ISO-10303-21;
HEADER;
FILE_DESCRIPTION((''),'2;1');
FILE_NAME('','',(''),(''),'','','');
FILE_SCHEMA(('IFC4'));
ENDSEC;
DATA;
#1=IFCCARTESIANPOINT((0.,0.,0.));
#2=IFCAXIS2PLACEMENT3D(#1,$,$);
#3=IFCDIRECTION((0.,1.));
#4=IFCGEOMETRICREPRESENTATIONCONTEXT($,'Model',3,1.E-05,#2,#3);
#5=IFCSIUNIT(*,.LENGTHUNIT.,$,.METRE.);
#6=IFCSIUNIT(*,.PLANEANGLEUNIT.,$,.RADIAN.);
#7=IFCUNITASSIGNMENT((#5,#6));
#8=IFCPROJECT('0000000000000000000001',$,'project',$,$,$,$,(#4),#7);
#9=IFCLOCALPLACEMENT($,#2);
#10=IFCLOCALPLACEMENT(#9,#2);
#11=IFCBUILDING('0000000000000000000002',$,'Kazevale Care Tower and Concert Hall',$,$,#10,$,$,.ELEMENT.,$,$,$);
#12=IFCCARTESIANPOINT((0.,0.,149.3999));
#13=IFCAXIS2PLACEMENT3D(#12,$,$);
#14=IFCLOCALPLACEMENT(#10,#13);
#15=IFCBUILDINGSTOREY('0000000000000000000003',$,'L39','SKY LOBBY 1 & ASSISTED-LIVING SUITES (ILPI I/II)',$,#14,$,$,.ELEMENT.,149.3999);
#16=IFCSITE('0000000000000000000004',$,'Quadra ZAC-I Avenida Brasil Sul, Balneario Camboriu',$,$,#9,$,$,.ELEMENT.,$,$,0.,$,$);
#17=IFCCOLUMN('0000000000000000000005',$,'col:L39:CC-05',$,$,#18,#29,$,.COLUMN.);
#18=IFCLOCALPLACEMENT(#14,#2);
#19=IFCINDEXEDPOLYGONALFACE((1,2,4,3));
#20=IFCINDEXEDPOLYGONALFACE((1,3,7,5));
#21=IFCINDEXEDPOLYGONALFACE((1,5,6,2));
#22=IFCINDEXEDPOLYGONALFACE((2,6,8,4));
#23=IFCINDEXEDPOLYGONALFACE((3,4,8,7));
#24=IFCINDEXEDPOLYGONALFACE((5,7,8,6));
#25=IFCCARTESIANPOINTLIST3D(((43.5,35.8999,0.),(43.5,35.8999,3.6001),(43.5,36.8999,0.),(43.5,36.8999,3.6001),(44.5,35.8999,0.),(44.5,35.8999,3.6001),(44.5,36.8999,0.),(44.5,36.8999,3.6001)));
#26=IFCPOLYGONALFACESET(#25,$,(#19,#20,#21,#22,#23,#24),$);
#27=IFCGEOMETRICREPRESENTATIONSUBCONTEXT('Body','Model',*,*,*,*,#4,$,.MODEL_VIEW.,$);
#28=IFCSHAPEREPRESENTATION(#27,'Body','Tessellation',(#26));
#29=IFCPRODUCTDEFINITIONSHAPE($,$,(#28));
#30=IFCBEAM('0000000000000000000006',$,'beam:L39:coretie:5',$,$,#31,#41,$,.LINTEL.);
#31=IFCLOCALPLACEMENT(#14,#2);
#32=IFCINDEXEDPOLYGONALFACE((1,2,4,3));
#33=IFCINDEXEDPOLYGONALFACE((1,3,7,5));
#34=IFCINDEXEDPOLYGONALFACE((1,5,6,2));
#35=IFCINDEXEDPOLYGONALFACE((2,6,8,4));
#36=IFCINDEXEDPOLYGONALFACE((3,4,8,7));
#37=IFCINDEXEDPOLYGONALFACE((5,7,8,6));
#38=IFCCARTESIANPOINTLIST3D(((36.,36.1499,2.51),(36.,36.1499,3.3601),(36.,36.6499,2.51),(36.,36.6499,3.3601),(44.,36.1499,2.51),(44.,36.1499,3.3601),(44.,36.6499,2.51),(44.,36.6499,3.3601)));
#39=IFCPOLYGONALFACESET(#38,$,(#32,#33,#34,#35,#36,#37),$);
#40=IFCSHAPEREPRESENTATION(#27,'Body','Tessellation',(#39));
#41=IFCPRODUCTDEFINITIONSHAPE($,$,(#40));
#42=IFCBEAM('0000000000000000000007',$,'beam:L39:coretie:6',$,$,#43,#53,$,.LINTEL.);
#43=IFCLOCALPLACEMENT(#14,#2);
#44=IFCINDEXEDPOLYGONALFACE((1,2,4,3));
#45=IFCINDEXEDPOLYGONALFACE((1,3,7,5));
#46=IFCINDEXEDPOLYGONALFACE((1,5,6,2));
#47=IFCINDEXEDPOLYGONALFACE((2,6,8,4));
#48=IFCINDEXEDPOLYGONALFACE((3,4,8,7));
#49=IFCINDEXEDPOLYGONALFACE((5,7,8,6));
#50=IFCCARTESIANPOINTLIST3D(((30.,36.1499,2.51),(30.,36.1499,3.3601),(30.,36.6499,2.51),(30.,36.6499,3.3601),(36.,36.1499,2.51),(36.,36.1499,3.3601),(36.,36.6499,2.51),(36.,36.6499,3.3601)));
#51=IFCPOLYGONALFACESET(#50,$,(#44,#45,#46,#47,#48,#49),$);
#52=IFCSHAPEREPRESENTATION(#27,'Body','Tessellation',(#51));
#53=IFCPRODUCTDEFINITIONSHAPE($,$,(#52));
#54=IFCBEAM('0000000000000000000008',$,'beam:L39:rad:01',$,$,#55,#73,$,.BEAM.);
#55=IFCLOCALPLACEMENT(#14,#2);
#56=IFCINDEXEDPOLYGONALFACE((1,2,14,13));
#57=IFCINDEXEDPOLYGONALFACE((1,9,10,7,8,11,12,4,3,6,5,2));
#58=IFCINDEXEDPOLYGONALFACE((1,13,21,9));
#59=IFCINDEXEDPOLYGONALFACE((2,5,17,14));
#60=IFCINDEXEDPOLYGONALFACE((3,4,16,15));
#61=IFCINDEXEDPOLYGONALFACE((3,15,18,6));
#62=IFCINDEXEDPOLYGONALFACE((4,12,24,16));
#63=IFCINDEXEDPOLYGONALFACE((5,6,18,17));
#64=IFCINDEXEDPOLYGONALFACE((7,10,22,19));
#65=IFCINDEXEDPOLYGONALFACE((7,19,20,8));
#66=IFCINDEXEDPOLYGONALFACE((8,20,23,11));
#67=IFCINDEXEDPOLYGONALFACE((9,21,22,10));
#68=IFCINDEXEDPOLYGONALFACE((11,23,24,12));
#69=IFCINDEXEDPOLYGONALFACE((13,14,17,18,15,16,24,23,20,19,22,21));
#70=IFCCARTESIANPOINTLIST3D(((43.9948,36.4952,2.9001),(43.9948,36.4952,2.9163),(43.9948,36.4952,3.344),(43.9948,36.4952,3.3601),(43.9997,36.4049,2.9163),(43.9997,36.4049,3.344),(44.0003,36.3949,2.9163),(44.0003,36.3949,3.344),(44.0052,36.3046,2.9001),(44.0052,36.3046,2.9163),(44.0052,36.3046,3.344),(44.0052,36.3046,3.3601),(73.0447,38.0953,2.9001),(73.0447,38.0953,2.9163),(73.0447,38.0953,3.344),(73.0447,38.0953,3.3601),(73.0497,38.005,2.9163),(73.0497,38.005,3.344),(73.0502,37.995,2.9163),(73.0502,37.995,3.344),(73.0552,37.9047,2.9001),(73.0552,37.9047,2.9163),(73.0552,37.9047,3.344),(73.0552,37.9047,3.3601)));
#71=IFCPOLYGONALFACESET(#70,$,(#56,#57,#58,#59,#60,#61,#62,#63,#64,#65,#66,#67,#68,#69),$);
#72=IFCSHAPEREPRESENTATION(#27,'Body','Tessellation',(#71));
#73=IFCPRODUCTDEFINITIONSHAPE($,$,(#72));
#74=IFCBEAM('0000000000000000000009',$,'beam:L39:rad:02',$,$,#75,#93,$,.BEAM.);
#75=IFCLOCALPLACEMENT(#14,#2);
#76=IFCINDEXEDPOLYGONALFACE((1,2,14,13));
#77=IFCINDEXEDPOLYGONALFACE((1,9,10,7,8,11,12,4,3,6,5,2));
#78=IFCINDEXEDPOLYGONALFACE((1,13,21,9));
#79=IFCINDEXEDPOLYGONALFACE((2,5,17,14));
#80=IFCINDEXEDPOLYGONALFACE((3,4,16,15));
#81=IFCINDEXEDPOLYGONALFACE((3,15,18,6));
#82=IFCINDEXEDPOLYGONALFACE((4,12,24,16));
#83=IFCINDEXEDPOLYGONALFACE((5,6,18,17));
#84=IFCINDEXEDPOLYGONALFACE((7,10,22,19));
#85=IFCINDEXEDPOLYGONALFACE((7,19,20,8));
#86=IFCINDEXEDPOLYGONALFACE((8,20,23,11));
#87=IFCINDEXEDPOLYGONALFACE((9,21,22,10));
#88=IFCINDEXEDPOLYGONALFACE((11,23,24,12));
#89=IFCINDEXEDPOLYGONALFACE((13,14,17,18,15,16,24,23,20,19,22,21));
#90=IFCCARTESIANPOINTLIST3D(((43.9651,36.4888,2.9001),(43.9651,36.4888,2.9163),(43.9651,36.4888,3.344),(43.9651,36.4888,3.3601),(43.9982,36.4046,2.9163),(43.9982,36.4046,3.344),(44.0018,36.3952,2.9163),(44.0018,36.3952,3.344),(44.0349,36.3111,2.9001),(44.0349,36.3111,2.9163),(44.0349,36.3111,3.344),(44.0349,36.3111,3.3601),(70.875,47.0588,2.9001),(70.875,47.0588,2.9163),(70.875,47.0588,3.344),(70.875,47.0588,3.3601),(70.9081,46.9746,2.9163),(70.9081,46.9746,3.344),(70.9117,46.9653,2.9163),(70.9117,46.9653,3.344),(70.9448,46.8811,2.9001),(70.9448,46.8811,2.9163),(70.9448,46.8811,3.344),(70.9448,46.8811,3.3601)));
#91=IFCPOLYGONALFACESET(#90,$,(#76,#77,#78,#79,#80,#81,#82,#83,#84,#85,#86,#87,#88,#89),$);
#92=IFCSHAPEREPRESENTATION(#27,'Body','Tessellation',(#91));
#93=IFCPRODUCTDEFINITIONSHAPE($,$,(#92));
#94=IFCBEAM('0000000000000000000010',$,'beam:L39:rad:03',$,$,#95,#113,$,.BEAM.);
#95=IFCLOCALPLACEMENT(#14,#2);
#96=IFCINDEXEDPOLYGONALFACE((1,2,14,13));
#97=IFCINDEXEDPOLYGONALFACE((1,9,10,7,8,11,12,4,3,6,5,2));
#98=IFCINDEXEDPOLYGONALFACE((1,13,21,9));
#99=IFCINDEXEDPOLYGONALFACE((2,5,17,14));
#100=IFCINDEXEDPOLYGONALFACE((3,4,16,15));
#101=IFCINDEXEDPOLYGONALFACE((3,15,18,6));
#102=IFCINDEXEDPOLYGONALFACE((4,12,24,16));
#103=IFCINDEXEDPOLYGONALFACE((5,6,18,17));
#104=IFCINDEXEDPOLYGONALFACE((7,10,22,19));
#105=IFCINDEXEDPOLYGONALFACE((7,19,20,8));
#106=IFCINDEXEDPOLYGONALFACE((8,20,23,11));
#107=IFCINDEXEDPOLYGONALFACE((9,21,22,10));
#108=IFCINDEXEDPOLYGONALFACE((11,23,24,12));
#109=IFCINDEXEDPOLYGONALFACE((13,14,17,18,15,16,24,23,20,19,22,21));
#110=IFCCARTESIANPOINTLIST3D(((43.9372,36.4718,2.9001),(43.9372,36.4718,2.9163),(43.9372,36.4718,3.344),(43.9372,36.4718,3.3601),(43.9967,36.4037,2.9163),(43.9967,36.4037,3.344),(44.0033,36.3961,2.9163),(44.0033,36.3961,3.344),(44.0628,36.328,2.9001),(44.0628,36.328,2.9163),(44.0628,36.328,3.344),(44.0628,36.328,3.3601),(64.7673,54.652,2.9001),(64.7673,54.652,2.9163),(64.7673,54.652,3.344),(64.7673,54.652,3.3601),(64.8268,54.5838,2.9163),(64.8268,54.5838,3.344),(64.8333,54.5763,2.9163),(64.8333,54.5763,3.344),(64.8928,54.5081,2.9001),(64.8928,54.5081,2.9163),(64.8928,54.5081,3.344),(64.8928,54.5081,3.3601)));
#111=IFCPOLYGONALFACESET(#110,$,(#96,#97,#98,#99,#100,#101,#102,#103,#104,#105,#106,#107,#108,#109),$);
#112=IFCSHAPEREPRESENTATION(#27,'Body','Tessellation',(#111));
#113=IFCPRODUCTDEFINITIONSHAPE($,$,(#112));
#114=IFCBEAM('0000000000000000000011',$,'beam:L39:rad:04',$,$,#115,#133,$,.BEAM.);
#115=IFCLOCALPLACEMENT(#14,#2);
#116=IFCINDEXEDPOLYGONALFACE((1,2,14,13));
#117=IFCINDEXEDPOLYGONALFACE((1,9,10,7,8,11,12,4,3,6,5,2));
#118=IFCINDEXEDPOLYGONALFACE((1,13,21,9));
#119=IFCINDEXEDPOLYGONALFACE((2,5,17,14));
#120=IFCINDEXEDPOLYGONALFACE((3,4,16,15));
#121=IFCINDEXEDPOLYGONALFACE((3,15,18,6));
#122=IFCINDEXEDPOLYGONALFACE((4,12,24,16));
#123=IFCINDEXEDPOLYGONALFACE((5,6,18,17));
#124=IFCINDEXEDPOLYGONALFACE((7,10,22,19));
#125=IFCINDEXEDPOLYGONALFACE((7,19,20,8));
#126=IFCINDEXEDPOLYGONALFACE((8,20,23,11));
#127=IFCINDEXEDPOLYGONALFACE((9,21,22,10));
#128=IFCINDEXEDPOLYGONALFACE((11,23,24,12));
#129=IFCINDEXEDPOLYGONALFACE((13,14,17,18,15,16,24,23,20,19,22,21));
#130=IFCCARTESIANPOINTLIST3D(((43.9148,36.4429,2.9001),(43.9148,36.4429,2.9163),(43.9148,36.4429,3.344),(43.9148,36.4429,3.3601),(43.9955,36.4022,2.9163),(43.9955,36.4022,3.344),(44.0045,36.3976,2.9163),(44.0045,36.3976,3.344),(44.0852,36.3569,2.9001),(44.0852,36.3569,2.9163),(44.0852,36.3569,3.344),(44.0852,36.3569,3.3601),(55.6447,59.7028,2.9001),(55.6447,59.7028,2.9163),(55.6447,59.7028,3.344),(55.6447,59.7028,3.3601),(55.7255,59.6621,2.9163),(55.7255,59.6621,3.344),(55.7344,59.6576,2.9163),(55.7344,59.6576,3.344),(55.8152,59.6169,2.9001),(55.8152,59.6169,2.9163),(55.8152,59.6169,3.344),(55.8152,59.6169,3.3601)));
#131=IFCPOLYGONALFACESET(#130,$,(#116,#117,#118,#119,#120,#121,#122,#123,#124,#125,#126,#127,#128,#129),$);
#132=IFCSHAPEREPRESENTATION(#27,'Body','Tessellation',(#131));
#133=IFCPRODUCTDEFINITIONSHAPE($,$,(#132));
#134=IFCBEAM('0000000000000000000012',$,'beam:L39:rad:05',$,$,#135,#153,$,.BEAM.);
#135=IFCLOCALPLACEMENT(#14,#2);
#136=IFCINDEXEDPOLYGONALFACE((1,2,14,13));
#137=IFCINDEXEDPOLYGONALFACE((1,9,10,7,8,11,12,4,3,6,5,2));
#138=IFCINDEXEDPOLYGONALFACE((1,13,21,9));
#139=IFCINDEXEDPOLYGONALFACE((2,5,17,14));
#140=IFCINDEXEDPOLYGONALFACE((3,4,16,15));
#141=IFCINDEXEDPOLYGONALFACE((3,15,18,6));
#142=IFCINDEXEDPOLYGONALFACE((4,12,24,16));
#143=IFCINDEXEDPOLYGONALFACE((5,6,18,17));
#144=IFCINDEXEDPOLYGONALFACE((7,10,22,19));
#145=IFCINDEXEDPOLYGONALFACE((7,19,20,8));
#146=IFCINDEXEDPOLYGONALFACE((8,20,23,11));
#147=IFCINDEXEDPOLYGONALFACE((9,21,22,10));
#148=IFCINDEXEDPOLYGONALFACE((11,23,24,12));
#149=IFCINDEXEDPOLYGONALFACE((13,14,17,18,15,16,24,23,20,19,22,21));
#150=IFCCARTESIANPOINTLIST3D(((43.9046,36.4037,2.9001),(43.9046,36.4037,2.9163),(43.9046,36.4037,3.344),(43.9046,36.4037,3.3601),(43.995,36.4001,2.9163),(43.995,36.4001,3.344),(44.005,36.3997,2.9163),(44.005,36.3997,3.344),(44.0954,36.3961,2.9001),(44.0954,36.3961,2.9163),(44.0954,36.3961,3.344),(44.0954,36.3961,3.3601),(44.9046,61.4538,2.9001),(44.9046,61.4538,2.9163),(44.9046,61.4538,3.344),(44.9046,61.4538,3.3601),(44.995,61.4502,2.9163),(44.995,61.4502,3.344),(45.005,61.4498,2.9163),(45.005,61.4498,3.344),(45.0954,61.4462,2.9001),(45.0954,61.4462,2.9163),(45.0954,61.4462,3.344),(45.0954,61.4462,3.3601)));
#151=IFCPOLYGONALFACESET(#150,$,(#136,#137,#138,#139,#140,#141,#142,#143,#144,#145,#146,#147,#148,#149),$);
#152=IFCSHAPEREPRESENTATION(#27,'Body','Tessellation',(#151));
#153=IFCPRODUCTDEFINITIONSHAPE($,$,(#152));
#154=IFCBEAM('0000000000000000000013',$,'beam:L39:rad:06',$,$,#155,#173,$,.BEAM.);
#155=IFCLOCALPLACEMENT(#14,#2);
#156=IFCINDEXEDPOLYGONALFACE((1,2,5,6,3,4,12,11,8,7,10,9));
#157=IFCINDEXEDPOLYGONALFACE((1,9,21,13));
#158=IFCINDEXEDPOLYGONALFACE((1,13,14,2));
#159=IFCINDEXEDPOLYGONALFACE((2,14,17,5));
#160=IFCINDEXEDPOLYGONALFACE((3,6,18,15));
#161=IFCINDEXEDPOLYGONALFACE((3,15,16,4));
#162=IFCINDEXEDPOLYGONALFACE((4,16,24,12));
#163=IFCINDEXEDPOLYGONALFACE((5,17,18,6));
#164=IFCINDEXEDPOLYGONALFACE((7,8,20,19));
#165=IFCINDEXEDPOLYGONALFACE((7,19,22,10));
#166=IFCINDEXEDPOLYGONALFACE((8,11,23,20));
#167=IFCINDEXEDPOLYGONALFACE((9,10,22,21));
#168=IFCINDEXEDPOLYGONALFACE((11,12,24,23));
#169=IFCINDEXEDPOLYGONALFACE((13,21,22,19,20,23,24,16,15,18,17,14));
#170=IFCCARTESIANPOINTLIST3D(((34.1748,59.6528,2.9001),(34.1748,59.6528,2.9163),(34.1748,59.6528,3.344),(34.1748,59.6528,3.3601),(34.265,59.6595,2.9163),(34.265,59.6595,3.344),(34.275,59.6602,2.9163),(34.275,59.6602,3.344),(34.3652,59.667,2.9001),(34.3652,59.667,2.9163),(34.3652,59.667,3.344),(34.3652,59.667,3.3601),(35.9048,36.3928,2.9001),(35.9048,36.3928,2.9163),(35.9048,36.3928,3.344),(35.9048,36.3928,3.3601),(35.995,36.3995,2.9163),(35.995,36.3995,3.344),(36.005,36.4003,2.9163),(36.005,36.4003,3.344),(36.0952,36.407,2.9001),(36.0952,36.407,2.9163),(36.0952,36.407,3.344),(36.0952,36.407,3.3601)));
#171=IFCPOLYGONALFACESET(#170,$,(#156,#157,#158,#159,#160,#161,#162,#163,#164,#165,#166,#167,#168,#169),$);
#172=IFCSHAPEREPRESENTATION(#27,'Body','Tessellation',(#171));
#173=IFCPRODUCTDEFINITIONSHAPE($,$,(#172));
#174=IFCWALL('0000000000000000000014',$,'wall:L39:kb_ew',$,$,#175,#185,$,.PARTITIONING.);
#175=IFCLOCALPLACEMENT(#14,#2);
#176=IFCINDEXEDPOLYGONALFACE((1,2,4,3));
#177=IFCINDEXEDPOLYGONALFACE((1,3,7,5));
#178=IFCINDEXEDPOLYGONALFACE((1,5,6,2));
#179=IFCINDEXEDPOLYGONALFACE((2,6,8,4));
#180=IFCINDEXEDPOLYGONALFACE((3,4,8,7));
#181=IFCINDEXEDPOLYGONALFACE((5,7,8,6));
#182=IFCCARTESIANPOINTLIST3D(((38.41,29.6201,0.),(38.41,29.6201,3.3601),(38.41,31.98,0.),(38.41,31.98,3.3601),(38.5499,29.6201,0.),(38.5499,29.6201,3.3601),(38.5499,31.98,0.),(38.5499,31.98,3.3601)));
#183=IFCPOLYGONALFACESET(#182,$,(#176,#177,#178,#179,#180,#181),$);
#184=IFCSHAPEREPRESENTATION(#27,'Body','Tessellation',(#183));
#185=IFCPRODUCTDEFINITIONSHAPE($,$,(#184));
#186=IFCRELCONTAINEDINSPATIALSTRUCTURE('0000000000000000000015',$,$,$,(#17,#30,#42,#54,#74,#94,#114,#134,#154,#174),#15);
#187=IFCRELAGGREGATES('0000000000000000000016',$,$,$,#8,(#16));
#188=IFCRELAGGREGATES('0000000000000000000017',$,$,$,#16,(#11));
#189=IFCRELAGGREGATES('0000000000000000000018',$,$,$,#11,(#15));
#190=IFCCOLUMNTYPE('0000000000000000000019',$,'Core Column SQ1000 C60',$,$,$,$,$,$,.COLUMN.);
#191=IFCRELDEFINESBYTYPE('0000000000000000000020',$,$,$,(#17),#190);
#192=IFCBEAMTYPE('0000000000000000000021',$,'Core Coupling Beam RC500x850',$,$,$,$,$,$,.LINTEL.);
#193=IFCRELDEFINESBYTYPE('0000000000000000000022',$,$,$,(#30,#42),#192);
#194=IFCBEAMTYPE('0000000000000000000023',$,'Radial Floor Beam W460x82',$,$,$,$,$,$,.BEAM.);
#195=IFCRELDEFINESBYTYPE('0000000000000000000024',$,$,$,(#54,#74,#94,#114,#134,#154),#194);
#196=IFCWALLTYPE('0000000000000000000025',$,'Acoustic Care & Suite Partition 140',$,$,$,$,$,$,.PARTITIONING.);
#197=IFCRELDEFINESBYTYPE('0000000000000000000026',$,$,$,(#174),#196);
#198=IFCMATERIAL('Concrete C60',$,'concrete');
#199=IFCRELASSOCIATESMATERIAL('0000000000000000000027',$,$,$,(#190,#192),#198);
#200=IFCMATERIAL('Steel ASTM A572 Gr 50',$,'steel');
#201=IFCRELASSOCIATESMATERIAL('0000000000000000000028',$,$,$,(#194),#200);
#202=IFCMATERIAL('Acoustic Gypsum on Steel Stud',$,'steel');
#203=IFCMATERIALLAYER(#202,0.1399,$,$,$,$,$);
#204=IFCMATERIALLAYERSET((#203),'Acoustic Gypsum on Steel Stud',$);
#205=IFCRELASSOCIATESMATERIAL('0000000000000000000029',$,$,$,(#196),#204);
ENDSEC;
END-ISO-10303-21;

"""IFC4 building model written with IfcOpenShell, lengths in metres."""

from ifc_helpers import new_model, si_unit, direction, frame, frame_2d, origin, origin_2d, place, context, subcontext, project, spatial, rectangle, i_section, extrude, material, layer, layer_set, material_profile, profile_set, type_object, element, save


model = new_model("IFC4")

# Units and contexts
model_context = context("Model", 3, precision=1e-05, world=origin(), true_north=direction((0.0, 1.0)))
body_context = subcontext(model_context, "Body", "Model", "MODEL_VIEW")
ifc_project = project(units=[si_unit("LENGTHUNIT", "METRE"), si_unit("PLANEANGLEUNIT", "RADIAN")], contexts=[model_context])

# Site, building, storey
site_placement = place(None, origin())
site = spatial("IfcSite", under=ifc_project, at=site_placement, Name="Quadra ZAC-I Avenida Brasil Sul, Balneario Camboriu", CompositionType="ELEMENT", RefElevation=0.0)
building_placement = place(site_placement, origin())
building = spatial("IfcBuilding", under=site, at=building_placement, Name="Kazevale Care Tower and Concert Hall", CompositionType="ELEMENT")
storey_placement = place(building_placement, frame((0.0, 0.0, 149.3999)))
storey = spatial("IfcBuildingStorey", under=building, at=storey_placement, Name="L39", Description="SKY LOBBY 1 & ASSISTED-LIVING SUITES (ILPI I/II)", CompositionType="ELEMENT", Elevation=149.3999)

# Column
ifc_material_1 = material(Name="Concrete C60", Category="concrete")
ifc_material_profile_1 = material_profile(ifc_material_1, rectangle(XDim=1.0, YDim=1.0, at=origin_2d()), Name="RC-SQ1000")
ifc_profile_set_1 = profile_set([ifc_material_profile_1], Name="Concrete C60")
column_type = type_object("IfcColumnType", Name="Core Column SQ1000 C60", PredefinedType="COLUMN", material=ifc_profile_set_1)
column_placement = place(storey_placement, frame((44.0, 36.3999, 0.0), z_axis=(0.0, 0.0, 1.0), x_axis=(1.0, 0.0, 0.0)))
element("IfcColumn", 1, at=column_placement, inside=storey, type_object=column_type, Name="col:L39:CC-05", PredefinedType="COLUMN", context=body_context, shape_type="SweptSolid", body=[
    extrude(rectangle(XDim=1.0, YDim=1.0, at=origin_2d()), origin(), (0.0, 0.0, 1.0), 3.6001),
])

# Beams
ifc_material_profile_2 = material_profile(ifc_material_1, rectangle(XDim=0.5, YDim=0.8501, at=origin_2d()), Name="RC-B500x850")
ifc_profile_set_2 = profile_set([ifc_material_profile_2], Name="Concrete C60")
beam_type_1 = type_object("IfcBeamType", Name="Core Coupling Beam RC500x850", PredefinedType="LINTEL", material=ifc_profile_set_2)
beam_1_placement = place(storey_placement, frame((44.0, 36.3999, 2.9351), z_axis=(-1.0, 0.0, 0.0), x_axis=(0.0, -1.0, 0.0)))
element("IfcBeam", 2, at=beam_1_placement, inside=storey, type_object=beam_type_1, Name="beam:L39:coretie:5", PredefinedType="LINTEL", context=body_context, shape_type="SweptSolid", body=[
    extrude(rectangle(XDim=0.5, YDim=0.8501, at=origin_2d()), origin(), (0.0, 0.0, 1.0), 8.0),
])
beam_2_placement = place(storey_placement, frame((36.0, 36.3999, 2.9351), z_axis=(-1.0, 0.0, 0.0), x_axis=(0.0, -1.0, 0.0)))
element("IfcBeam", 3, at=beam_2_placement, inside=storey, type_object=beam_type_1, Name="beam:L39:coretie:6", PredefinedType="LINTEL", context=body_context, shape_type="SweptSolid", body=[
    extrude(rectangle(XDim=0.5, YDim=0.8501, at=origin_2d()), origin(), (0.0, 0.0, 1.0), 6.0),
])
ifc_material_2 = material(Name="Steel ASTM A572 Gr 50", Category="steel")
ifc_material_profile_3 = material_profile(ifc_material_2, i_section(OverallWidth=0.1909, OverallDepth=0.46, WebThickness=0.01, FlangeThickness=0.0161, at=origin_2d()), Name="W460x82")
ifc_profile_set_3 = profile_set([ifc_material_profile_3], Name="Steel ASTM A572 Gr 50")
beam_type_2 = type_object("IfcBeamType", Name="Radial Floor Beam W460x82", PredefinedType="BEAM", material=ifc_profile_set_3)
beam_3_placement = place(storey_placement, frame((44.0, 36.3999, 3.1301), z_axis=(0.998487, 0.054997, 0.0), x_axis=(-0.054997, 0.998487, 0.0)))
element("IfcBeam", 4, at=beam_3_placement, inside=storey, type_object=beam_type_2, Name="beam:L39:rad:01", PredefinedType="BEAM", context=body_context, shape_type="SweptSolid", body=[
    extrude(i_section(OverallWidth=0.1909, OverallDepth=0.46, WebThickness=0.01, FlangeThickness=0.0161, at=origin_2d()), origin(), (0.0, 0.0, 1.0), 29.094),
])
beam_4_placement = place(storey_placement, frame((44.0, 36.3999, 3.1301), z_axis=(0.930771, 0.365602, 0.0), x_axis=(-0.365602, 0.930771, 0.0)))
element("IfcBeam", 5, at=beam_4_placement, inside=storey, type_object=beam_type_2, Name="beam:L39:rad:02", PredefinedType="BEAM", context=body_context, shape_type="SweptSolid", body=[
    extrude(i_section(OverallWidth=0.1909, OverallDepth=0.46, WebThickness=0.01, FlangeThickness=0.0161, at=origin_2d()), origin(), (0.0, 0.0, 1.0), 28.9114),
])
beam_5_placement = place(storey_placement, frame((44.0, 36.3999, 3.1301), z_axis=(0.753403, 0.657559, 0.0), x_axis=(-0.657559, 0.753403, 0.0)))
element("IfcBeam", 6, at=beam_5_placement, inside=storey, type_object=beam_type_2, Name="beam:L39:rad:03", PredefinedType="BEAM", context=body_context, shape_type="SweptSolid", body=[
    extrude(i_section(OverallWidth=0.1909, OverallDepth=0.46, WebThickness=0.01, FlangeThickness=0.0161, at=origin_2d()), origin(), (0.0, 0.0, 1.0), 27.6479),
])
beam_6_placement = place(storey_placement, frame((44.0, 36.3999, 3.1301), z_axis=(0.450281, 0.892887, 0.0), x_axis=(-0.892887, 0.450281, 0.0)))
element("IfcBeam", 7, at=beam_6_placement, inside=storey, type_object=beam_type_2, Name="beam:L39:rad:04", PredefinedType="BEAM", context=body_context, shape_type="SweptSolid", body=[
    extrude(i_section(OverallWidth=0.1909, OverallDepth=0.46, WebThickness=0.01, FlangeThickness=0.0161, at=origin_2d()), origin(), (0.0, 0.0, 1.0), 26.0503),
])
beam_7_placement = place(storey_placement, frame((44.0, 36.3999, 3.1301), z_axis=(0.039888, 0.999204, 0.0), x_axis=(-0.999204, 0.039888, 0.0)))
element("IfcBeam", 8, at=beam_7_placement, inside=storey, type_object=beam_type_2, Name="beam:L39:rad:05", PredefinedType="BEAM", context=body_context, shape_type="SweptSolid", body=[
    extrude(i_section(OverallWidth=0.1909, OverallDepth=0.46, WebThickness=0.01, FlangeThickness=0.0161, at=origin_2d()), origin(), (0.0, 0.0, 1.0), 25.0701),
])
beam_8_placement = place(storey_placement, frame((36.0, 36.3999, 3.1301), z_axis=(-0.074171, 0.997246, 0.0), x_axis=(-0.997246, -0.074171, 0.0)))
element("IfcBeam", 9, at=beam_8_placement, inside=storey, type_object=beam_type_2, Name="beam:L39:rad:06", PredefinedType="BEAM", context=body_context, shape_type="SweptSolid", body=[
    extrude(i_section(OverallWidth=0.1909, OverallDepth=0.46, WebThickness=0.01, FlangeThickness=0.0161, at=origin_2d()), origin(), (0.0, 0.0, 1.0), 23.3242),
])

# Wall
ifc_material_3 = material(Name="Acoustic Gypsum on Steel Stud", Category="steel")
ifc_layer_1 = layer(ifc_material_3, 0.1399)
ifc_layer_set_1 = layer_set([ifc_layer_1], Name="Acoustic Gypsum on Steel Stud")
wall_type_1 = type_object("IfcWallType", Name="Acoustic Care & Suite Partition 140", PredefinedType="PARTITIONING", material=ifc_layer_set_1)
for number, where, z_axis, x_axis, name in (
    (10, (38.48, 29.6201, 0.0), (0.0, 0.0, 1.0), (0.0, 1.0, 0.0), "wall:L39:kb_ew"),
):
    element("IfcWall", number, at=place(storey_placement, frame(where, z_axis=z_axis, x_axis=x_axis)), inside=storey, type_object=wall_type_1, Name=name, PredefinedType="PARTITIONING", context=body_context, shape_type="SweptSolid", body=[
        extrude(rectangle(XDim=2.3599, YDim=0.1399, at=frame_2d((1.1799, 0.0))), origin(), (0.0, 0.0, 1.0), 3.3601),
    ])

save(model, "model.ifc")
